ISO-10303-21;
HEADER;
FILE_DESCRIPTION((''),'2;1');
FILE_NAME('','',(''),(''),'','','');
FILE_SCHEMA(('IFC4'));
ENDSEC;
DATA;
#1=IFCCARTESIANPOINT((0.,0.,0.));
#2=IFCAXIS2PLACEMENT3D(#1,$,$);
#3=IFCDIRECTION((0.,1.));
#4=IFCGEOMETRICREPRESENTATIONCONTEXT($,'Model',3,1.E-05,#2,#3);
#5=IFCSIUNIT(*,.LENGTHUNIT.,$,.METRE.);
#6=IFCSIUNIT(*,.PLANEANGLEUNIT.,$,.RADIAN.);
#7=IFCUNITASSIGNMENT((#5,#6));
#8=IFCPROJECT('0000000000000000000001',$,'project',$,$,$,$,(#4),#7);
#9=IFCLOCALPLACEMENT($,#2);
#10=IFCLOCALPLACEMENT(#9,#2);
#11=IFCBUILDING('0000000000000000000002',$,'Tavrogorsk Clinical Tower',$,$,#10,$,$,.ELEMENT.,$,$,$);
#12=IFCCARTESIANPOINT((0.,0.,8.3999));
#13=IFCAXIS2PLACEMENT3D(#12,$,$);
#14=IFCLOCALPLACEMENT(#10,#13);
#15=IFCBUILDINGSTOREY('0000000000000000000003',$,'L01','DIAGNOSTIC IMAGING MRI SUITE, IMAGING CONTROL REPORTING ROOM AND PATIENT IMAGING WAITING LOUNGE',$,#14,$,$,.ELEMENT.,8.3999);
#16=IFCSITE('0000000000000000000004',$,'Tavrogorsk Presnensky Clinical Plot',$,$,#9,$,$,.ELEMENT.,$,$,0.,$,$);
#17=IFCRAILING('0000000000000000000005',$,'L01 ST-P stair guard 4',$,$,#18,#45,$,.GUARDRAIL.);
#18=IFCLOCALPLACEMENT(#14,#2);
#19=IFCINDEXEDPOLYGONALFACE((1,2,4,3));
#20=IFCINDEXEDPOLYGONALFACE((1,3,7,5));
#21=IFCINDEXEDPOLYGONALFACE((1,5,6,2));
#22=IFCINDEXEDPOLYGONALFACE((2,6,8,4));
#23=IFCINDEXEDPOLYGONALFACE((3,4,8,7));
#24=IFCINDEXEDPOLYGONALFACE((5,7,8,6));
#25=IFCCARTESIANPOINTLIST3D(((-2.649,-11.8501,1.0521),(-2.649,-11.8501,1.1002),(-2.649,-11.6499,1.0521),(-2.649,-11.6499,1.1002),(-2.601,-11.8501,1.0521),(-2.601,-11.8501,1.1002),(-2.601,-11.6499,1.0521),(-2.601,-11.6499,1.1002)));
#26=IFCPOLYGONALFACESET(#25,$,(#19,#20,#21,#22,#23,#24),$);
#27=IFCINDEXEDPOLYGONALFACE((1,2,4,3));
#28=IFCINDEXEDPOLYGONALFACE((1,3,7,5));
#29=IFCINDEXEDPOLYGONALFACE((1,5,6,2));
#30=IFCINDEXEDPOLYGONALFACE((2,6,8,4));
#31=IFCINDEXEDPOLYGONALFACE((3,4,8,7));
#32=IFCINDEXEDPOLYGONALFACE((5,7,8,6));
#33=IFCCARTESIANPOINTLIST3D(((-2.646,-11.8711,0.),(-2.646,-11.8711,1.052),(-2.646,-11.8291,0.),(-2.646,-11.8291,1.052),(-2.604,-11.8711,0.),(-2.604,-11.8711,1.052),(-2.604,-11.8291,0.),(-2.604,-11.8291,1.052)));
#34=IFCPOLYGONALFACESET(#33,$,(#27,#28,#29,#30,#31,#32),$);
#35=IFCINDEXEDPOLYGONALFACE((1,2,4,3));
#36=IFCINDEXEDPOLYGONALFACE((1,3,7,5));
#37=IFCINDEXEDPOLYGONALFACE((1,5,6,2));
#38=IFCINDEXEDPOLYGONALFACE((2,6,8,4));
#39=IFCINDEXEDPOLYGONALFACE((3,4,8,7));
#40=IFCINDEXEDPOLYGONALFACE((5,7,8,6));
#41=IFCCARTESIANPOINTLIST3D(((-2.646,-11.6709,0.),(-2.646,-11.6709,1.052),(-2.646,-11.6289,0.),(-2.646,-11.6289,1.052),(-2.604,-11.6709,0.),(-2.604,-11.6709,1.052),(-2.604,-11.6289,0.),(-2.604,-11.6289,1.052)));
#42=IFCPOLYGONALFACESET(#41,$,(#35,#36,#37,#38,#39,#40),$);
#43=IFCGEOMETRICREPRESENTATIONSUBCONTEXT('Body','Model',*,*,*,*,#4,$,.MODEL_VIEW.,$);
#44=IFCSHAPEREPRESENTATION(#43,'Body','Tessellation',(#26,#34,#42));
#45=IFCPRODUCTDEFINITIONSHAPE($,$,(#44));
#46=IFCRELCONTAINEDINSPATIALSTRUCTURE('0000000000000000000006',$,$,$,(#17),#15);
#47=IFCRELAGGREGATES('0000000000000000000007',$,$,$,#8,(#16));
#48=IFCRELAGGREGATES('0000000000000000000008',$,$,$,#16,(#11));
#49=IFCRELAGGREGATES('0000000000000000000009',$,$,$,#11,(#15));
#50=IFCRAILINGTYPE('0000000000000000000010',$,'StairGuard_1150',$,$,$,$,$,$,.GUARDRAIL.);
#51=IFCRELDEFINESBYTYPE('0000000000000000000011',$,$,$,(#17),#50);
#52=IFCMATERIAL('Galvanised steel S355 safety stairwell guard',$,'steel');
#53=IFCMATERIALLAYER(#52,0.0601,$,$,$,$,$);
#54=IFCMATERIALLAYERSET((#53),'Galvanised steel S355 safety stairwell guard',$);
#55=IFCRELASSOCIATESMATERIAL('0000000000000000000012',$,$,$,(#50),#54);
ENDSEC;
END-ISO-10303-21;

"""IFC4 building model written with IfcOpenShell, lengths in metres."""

from ifc_helpers import new_model, si_unit, direction, frame, origin, origin_2d, place, context, subcontext, project, spatial, rectangle, extrude, material, layer, layer_set, type_object, element, save


model = new_model("IFC4")

# Units and contexts
model_context = context("Model", 3, precision=1e-05, world=origin(), true_north=direction((0.0, 1.0)))
body_context = subcontext(model_context, "Body", "Model", "MODEL_VIEW")
ifc_project = project(units=[si_unit("LENGTHUNIT", "METRE"), si_unit("PLANEANGLEUNIT", "RADIAN")], contexts=[model_context])

# Site, building, storey
site_placement = place(None, origin())
site = spatial("IfcSite", under=ifc_project, at=site_placement, Name="Tavrogorsk Presnensky Clinical Plot", CompositionType="ELEMENT", RefElevation=0.0)
building_placement = place(site_placement, origin())
building = spatial("IfcBuilding", under=site, at=building_placement, Name="Tavrogorsk Clinical Tower", CompositionType="ELEMENT")
storey_placement = place(building_placement, frame((0.0, 0.0, 8.3999)))
storey = spatial("IfcBuildingStorey", under=building, at=storey_placement, Name="L01", Description="DIAGNOSTIC IMAGING MRI SUITE, IMAGING CONTROL REPORTING ROOM AND PATIENT IMAGING WAITING LOUNGE", CompositionType="ELEMENT", Elevation=8.3999)

# Railing
ifc_material_1 = material(Name="Galvanised steel S355 safety stairwell guard", Category="steel")
ifc_layer_1 = layer(ifc_material_1, 0.0601)
ifc_layer_set_1 = layer_set([ifc_layer_1], Name="Galvanised steel S355 safety stairwell guard")
railing_type = type_object("IfcRailingType", Name="StairGuard_1150", PredefinedType="GUARDRAIL", material=ifc_layer_set_1)
railing_placement = place(storey_placement, frame((-2.625, -11.8501, 0.0)))
element("IfcRailing", 1, at=railing_placement, inside=storey, type_object=railing_type, Name="L01 ST-P stair guard 4", PredefinedType="GUARDRAIL", context=body_context, shape_type="SweptSolid", body=[
    extrude(rectangle(XDim=0.0481, YDim=0.0481, at=origin_2d()), frame((0.0, 0.0, 1.0762), z_axis=(0.0, 1.0, 0.0), x_axis=(-1.0, 0.0, 0.0)), (0.0, 0.0, 1.0), 0.2002),
    extrude(rectangle(XDim=0.042, YDim=0.042, at=origin_2d()), origin(), (0.0, 0.0, 1.0), 1.052),
    extrude(rectangle(XDim=0.042, YDim=0.042, at=origin_2d()), frame((0.0, 0.2002, 0.0)), (0.0, 0.0, 1.0), 1.052),
])

save(model, "model.ifc")
